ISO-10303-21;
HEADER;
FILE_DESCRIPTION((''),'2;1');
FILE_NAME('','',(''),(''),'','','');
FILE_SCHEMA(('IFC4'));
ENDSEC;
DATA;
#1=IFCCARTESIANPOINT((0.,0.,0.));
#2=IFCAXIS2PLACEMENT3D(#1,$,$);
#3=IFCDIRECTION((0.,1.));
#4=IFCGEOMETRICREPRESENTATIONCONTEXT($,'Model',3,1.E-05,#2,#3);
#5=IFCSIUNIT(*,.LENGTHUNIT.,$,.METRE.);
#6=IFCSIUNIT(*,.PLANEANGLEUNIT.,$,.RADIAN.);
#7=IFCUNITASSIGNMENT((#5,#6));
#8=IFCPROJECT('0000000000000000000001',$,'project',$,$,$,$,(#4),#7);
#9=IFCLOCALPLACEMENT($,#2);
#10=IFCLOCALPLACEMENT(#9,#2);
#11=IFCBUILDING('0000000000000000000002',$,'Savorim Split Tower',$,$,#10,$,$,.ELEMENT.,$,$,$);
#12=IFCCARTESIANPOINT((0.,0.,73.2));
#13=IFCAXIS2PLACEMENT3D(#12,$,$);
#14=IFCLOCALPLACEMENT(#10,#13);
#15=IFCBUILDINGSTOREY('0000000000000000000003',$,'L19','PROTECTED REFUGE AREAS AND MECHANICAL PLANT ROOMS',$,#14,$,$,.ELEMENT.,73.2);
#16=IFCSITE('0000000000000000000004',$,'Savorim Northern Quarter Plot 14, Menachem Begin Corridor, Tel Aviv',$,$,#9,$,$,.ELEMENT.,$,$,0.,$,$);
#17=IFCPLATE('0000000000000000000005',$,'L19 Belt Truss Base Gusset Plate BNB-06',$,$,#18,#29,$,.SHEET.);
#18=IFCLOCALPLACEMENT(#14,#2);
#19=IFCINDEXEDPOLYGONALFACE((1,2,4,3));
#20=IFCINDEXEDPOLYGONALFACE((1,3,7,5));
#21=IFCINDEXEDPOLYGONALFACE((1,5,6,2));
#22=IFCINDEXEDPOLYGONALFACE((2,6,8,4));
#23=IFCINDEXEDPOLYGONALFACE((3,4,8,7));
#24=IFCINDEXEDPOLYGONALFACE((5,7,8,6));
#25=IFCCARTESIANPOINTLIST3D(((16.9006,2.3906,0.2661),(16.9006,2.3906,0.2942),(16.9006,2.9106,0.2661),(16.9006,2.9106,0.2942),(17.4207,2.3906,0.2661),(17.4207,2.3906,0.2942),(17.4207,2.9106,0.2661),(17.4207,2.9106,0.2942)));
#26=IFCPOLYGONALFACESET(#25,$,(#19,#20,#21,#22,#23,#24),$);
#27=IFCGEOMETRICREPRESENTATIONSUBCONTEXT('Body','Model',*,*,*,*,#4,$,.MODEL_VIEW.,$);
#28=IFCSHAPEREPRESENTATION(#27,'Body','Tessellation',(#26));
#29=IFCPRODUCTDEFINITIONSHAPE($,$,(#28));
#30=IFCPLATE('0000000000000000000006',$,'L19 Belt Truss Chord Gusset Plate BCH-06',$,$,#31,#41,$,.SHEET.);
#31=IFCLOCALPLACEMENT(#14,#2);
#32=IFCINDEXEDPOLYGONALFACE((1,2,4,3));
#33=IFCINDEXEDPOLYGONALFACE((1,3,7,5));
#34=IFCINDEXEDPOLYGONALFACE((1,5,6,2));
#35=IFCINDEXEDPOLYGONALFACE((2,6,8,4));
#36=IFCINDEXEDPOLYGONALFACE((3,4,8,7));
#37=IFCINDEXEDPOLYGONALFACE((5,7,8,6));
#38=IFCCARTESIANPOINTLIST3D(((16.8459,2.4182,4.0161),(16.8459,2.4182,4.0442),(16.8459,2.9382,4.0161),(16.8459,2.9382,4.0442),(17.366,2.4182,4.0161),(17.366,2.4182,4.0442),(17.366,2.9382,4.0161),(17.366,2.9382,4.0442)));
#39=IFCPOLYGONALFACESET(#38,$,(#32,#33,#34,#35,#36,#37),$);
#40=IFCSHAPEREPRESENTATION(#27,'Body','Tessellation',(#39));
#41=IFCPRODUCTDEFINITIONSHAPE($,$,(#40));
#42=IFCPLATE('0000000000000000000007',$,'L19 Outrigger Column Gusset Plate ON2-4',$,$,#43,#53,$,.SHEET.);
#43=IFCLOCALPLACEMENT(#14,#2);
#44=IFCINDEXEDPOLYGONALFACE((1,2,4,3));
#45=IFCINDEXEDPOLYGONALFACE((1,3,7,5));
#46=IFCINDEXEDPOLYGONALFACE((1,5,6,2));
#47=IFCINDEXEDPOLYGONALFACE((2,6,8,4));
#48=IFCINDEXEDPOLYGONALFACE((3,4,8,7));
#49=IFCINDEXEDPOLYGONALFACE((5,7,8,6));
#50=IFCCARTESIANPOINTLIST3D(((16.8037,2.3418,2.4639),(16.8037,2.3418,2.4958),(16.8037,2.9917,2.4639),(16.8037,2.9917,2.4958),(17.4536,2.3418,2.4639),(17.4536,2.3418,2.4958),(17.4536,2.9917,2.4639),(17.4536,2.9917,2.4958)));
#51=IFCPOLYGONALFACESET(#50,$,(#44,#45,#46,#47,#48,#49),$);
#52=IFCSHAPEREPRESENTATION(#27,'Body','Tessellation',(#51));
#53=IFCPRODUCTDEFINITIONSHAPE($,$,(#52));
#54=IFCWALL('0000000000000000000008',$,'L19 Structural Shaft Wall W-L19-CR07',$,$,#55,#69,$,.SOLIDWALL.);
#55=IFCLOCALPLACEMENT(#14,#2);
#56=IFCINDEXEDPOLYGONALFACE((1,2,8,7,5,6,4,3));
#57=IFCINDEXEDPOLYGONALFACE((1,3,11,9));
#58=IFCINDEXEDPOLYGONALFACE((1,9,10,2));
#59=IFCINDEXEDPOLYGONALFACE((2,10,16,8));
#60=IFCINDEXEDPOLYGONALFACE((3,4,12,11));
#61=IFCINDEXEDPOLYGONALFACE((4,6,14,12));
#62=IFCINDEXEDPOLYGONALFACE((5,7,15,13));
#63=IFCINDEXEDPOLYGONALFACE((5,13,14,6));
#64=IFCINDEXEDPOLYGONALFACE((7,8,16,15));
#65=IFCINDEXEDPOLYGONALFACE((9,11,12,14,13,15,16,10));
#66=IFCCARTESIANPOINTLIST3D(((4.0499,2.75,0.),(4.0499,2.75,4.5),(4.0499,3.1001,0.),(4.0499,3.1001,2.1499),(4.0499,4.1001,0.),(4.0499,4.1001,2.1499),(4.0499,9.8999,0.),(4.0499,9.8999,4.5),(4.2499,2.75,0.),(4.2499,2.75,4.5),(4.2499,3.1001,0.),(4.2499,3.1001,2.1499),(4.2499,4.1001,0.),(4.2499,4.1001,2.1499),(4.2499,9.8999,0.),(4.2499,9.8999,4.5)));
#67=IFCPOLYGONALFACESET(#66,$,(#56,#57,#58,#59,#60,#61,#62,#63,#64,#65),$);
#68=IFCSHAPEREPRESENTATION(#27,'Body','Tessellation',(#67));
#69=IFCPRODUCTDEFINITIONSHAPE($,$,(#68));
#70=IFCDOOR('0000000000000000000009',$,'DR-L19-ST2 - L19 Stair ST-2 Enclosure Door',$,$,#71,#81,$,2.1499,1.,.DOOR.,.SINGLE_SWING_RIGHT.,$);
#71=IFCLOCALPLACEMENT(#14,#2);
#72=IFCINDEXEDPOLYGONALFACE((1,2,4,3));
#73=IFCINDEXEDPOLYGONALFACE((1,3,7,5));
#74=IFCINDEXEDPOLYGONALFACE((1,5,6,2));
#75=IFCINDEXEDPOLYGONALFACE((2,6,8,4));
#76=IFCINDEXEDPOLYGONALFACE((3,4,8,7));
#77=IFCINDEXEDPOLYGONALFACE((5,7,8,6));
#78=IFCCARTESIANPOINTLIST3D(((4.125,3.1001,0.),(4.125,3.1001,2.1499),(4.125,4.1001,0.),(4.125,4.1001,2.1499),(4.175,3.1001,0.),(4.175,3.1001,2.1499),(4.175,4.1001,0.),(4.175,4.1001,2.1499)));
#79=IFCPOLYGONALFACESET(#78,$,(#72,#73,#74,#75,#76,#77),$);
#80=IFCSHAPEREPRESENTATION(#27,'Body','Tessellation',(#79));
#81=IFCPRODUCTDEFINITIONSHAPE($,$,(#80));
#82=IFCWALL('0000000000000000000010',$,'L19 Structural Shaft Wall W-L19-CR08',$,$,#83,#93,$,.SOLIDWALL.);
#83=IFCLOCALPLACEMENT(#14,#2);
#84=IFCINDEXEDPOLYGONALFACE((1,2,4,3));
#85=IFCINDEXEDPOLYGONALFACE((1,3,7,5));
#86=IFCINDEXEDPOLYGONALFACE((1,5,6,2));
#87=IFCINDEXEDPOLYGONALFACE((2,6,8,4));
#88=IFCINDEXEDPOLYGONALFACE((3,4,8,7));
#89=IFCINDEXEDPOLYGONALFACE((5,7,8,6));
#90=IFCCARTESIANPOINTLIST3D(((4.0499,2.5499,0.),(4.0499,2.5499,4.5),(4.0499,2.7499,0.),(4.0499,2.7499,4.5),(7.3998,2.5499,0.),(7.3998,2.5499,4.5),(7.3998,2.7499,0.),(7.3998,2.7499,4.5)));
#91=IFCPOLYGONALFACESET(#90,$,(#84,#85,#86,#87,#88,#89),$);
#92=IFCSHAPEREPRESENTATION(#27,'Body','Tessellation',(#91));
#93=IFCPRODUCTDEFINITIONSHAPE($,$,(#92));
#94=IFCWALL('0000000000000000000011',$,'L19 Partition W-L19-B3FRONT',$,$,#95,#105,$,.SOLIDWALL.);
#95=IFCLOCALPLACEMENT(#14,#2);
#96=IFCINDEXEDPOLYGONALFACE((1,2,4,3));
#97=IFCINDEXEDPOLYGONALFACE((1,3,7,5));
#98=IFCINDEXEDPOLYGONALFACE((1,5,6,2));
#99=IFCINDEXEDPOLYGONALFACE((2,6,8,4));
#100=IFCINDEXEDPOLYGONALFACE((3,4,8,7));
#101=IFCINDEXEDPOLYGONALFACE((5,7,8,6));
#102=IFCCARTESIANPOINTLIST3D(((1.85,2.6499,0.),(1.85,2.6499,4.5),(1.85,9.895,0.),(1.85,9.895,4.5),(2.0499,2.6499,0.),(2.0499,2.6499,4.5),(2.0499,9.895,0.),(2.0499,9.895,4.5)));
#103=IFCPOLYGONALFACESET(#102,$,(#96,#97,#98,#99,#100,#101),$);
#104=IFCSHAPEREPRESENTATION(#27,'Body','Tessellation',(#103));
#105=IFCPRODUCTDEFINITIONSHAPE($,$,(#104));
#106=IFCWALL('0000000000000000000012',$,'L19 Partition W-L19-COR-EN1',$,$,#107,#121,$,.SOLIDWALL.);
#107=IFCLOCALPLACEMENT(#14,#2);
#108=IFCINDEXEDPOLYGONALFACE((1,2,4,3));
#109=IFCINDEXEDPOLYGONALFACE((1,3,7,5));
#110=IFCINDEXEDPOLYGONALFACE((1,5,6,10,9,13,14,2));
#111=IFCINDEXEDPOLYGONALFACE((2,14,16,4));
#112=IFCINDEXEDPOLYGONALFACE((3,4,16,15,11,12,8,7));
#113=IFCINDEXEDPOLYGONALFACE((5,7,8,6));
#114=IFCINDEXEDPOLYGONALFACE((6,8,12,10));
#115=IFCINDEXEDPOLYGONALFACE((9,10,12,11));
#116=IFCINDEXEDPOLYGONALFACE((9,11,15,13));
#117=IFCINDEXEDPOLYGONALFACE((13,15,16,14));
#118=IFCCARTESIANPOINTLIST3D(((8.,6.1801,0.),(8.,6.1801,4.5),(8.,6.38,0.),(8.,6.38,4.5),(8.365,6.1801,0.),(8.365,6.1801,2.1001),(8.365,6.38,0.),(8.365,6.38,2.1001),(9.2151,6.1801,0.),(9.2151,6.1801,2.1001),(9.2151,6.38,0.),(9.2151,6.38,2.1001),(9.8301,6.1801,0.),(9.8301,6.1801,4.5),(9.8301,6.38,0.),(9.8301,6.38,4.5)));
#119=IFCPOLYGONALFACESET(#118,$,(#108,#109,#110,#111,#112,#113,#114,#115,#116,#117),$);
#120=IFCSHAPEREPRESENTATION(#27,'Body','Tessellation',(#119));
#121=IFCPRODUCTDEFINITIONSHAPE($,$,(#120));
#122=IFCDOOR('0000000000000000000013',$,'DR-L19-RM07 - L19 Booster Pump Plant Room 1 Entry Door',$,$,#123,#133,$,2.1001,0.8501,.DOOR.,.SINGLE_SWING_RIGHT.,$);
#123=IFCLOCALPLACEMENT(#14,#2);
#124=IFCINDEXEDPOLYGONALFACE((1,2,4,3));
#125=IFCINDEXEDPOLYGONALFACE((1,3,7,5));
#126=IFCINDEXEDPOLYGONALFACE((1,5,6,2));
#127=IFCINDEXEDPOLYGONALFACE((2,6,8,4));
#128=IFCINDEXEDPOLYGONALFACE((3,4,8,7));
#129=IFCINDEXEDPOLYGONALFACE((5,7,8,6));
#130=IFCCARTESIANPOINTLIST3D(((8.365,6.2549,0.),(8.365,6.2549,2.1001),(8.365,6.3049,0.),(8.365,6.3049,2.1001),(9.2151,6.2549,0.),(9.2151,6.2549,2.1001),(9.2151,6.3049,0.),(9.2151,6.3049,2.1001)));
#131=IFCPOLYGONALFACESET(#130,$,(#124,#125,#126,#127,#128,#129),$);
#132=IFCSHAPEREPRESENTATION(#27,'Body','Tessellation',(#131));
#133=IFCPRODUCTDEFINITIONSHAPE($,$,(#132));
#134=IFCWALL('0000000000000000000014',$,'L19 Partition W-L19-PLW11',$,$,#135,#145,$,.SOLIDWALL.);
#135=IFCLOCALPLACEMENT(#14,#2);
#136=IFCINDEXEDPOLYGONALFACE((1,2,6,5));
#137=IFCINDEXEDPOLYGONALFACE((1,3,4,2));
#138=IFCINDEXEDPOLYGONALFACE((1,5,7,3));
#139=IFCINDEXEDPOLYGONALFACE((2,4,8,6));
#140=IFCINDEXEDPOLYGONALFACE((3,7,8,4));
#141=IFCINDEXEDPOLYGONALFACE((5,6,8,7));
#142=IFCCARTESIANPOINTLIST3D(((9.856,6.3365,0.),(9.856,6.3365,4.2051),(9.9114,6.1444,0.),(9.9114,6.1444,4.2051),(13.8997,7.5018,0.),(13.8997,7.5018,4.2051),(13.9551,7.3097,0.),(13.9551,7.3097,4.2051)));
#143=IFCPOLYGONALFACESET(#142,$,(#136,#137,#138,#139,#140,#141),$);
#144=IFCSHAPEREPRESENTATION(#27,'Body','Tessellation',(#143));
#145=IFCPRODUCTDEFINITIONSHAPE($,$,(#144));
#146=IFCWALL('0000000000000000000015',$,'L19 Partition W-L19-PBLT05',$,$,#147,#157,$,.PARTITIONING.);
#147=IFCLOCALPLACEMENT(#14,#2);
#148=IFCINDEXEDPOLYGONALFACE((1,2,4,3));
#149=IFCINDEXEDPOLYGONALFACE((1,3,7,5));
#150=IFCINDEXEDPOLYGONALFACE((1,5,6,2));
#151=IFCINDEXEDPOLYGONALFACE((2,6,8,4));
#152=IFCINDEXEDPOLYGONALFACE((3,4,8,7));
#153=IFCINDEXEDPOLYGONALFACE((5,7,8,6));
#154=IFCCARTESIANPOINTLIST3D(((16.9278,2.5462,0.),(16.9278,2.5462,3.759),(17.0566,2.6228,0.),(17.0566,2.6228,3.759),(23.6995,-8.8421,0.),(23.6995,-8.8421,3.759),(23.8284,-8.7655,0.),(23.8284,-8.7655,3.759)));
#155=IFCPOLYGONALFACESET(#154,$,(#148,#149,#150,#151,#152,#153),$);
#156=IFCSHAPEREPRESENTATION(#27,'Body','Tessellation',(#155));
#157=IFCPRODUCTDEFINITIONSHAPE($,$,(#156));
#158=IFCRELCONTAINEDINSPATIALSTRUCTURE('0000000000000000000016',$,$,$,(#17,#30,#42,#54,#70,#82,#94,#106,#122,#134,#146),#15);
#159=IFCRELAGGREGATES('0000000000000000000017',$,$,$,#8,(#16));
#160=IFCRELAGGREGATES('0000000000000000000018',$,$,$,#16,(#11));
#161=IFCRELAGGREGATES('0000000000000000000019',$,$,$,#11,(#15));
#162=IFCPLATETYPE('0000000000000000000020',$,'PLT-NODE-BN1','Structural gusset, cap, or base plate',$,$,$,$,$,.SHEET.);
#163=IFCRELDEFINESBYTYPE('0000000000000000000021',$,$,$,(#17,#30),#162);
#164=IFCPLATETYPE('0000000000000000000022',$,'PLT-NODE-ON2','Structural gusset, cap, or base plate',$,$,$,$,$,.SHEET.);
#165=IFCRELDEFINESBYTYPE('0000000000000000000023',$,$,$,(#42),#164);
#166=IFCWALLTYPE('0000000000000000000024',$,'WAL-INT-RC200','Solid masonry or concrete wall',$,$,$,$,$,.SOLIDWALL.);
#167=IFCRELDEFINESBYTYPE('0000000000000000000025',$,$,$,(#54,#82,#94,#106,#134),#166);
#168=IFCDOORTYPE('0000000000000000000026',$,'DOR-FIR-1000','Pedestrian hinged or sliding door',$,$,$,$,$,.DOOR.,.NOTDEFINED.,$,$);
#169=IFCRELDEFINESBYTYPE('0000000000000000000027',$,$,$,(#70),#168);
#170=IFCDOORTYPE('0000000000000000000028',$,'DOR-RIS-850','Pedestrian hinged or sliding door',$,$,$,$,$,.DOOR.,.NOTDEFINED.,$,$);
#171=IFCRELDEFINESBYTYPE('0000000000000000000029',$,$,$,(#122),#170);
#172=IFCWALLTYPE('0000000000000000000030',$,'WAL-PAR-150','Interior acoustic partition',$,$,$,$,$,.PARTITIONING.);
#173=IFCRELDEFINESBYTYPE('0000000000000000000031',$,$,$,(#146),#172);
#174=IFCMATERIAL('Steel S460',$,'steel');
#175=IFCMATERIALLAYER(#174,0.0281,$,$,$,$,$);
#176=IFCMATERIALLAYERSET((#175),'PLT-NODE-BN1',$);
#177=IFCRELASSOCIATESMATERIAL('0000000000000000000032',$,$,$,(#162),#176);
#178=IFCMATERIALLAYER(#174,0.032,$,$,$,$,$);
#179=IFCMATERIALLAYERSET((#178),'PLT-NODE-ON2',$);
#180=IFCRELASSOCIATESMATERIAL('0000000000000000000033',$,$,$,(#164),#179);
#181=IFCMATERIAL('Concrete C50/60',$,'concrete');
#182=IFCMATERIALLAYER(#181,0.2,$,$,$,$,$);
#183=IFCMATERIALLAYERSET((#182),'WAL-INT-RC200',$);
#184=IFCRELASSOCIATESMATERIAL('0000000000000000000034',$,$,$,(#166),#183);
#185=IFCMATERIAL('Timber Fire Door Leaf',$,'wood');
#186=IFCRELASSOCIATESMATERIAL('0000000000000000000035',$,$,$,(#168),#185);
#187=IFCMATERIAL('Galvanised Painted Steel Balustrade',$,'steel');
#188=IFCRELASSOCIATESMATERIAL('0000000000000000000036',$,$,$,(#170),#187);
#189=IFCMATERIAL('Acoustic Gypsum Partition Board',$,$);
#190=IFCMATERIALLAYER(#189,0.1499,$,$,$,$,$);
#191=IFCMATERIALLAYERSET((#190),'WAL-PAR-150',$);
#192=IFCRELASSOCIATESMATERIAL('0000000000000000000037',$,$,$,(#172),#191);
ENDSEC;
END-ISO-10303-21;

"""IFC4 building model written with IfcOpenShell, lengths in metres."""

from ifc_helpers import new_model, si_unit, direction, frame, frame_2d, origin, origin_2d, place, context, subcontext, project, spatial, rectangle, extrude, material, layer, layer_set, type_object, element, fill, save


model = new_model("IFC4")

# Units and contexts
model_context = context("Model", 3, precision=1e-05, world=origin(), true_north=direction((0.0, 1.0)))
body_context = subcontext(model_context, "Body", "Model", "MODEL_VIEW")
ifc_project = project(units=[si_unit("LENGTHUNIT", "METRE"), si_unit("PLANEANGLEUNIT", "RADIAN")], contexts=[model_context])

# Site, building, storey
site_placement = place(None, origin())
site = spatial("IfcSite", under=ifc_project, at=site_placement, Name="Savorim Northern Quarter Plot 14, Menachem Begin Corridor, Tel Aviv", CompositionType="ELEMENT", RefElevation=0.0)
building_placement = place(site_placement, origin())
building = spatial("IfcBuilding", under=site, at=building_placement, Name="Savorim Split Tower", CompositionType="ELEMENT")
storey_placement = place(building_placement, frame((0.0, 0.0, 73.2)))
storey = spatial("IfcBuildingStorey", under=building, at=storey_placement, Name="L19", Description="PROTECTED REFUGE AREAS AND MECHANICAL PLANT ROOMS", CompositionType="ELEMENT", Elevation=73.2)

# Shared definitions
ifc_material_1 = material(Name="Steel S460", Category="steel")

# Plates
ifc_layer_1 = layer(ifc_material_1, 0.0281)
ifc_layer_set_1 = layer_set([ifc_layer_1], Name="PLT-NODE-BN1")
plate_type_1 = type_object("IfcPlateType", Name="PLT-NODE-BN1", Description="Structural gusset, cap, or base plate", PredefinedType="SHEET", material=ifc_layer_set_1)
for number, where, z_axis, x_axis, name in (
    (1, (17.1606, 2.6506, 0.2661), (0.0, 0.0, 1.0), (1.0, 0.0, 0.0), "L19 Belt Truss Base Gusset Plate BNB-06"),
    (2, (17.106, 2.6782, 4.0161), (0.0, 0.0, 1.0), (1.0, 0.0, 0.0), "L19 Belt Truss Chord Gusset Plate BCH-06"),
):
    element("IfcPlate", number, at=place(storey_placement, frame(where, z_axis=z_axis, x_axis=x_axis)), inside=storey, type_object=plate_type_1, Name=name, PredefinedType="SHEET", context=body_context, shape_type="SweptSolid", body=[
        extrude(rectangle(XDim=0.52, YDim=0.52, at=origin_2d()), origin(), (0.0, 0.0, 1.0), 0.0281),
    ])
ifc_layer_2 = layer(ifc_material_1, 0.032)
ifc_layer_set_2 = layer_set([ifc_layer_2], Name="PLT-NODE-ON2")
plate_type_2 = type_object("IfcPlateType", Name="PLT-NODE-ON2", Description="Structural gusset, cap, or base plate", PredefinedType="SHEET", material=ifc_layer_set_2)
plate_1_placement = place(storey_placement, frame((17.1287, 2.6667, 2.4639), z_axis=(0.0, 0.0, 1.0), x_axis=(1.0, 0.0, 0.0)))
element("IfcPlate", 3, at=plate_1_placement, inside=storey, type_object=plate_type_2, Name="L19 Outrigger Column Gusset Plate ON2-4", PredefinedType="SHEET", context=body_context, shape_type="SweptSolid", body=[
    extrude(rectangle(XDim=0.6499, YDim=0.6499, at=origin_2d()), origin(), (0.0, 0.0, 1.0), 0.032),
])

# Wall, opening, door
ifc_material_2 = material(Name="Concrete C50/60", Category="concrete")
ifc_layer_3 = layer(ifc_material_2, 0.2)
ifc_layer_set_3 = layer_set([ifc_layer_3], Name="WAL-INT-RC200")
wall_type_1 = type_object("IfcWallType", Name="WAL-INT-RC200", Description="Solid masonry or concrete wall", PredefinedType="SOLIDWALL", material=ifc_layer_set_3)
wall_1_placement = place(storey_placement, frame((4.1499, 2.75, 0.0), z_axis=(0.0, 0.0, 1.0), x_axis=(0.0, 1.0, 0.0)))
wall_1 = element("IfcWall", 4, at=wall_1_placement, inside=storey, type_object=wall_type_1, Name="L19 Structural Shaft Wall W-L19-CR07", PredefinedType="SOLIDWALL", context=body_context, shape_type="SweptSolid", body=[
    extrude(rectangle(XDim=7.1499, YDim=0.2, at=frame_2d((3.575, 0.0))), origin(), (0.0, 0.0, 1.0), 4.5),
])
opening_1_placement = place(wall_1_placement, frame((0.3501, 0.0, 0.0)))
opening_1 = element("IfcOpeningElement", 5, at=opening_1_placement, cuts=wall_1, PredefinedType="OPENING", context=body_context, shape_type="SweptSolid", body=[
    extrude(rectangle(XDim=1.0, YDim=2.1499, at=frame_2d((0.5, 1.075))), frame((0.0, 0.1099, 0.0), z_axis=(0.0, -1.0, 0.0), x_axis=(1.0, 0.0, 0.0)), (0.0, 0.0, 1.0), 0.22),
])
ifc_material_3 = material(Name="Timber Fire Door Leaf", Category="wood")
door_type_1 = type_object("IfcDoorType", Name="DOR-FIR-1000", Description="Pedestrian hinged or sliding door", OperationType="NOTDEFINED", PredefinedType="DOOR", material=ifc_material_3)
door_1_placement = place(opening_1_placement, origin())
door_1 = element("IfcDoor", 6, at=door_1_placement, inside=storey, type_object=door_type_1, Name="DR-L19-ST2 - L19 Stair ST-2 Enclosure Door", OperationType="SINGLE_SWING_RIGHT", OverallHeight=2.1499, OverallWidth=1.0, PredefinedType="DOOR", context=body_context, shape_type="SweptSolid", body=[
    extrude(rectangle(XDim=1.0, YDim=2.1499, at=frame_2d((0.5, 1.075))), frame((0.0, 0.0249, 0.0), z_axis=(0.0, -1.0, 0.0), x_axis=(1.0, 0.0, 0.0)), (0.0, 0.0, 1.0), 0.05),
])
fill(opening_1, door_1)

# Walls
wall_2_placement = place(storey_placement, frame((4.05, 2.6499, 0.0), z_axis=(0.0, 0.0, 1.0), x_axis=(1.0, 0.0, 0.0)))
element("IfcWall", 7, at=wall_2_placement, inside=storey, type_object=wall_type_1, Name="L19 Structural Shaft Wall W-L19-CR08", PredefinedType="SOLIDWALL", context=body_context, shape_type="SweptSolid", body=[
    extrude(rectangle(XDim=3.3499, YDim=0.2, at=frame_2d((1.6748, 0.0))), origin(), (0.0, 0.0, 1.0), 4.5),
])
wall_3_placement = place(storey_placement, frame((1.95, 2.6499, 0.0), z_axis=(0.0, 0.0, 1.0), x_axis=(0.0, 1.0, 0.0)))
element("IfcWall", 8, at=wall_3_placement, inside=storey, type_object=wall_type_1, Name="L19 Partition W-L19-B3FRONT", PredefinedType="SOLIDWALL", context=body_context, shape_type="SweptSolid", body=[
    extrude(rectangle(XDim=7.2451, YDim=0.2, at=frame_2d((3.6226, 0.0))), origin(), (0.0, 0.0, 1.0), 4.5),
])

# Wall, opening, door
wall_4_placement = place(storey_placement, frame((8.0, 6.28, 0.0), z_axis=(0.0, 0.0, 1.0), x_axis=(1.0, 0.0, 0.0)))
wall_4 = element("IfcWall", 9, at=wall_4_placement, inside=storey, type_object=wall_type_1, Name="L19 Partition W-L19-COR-EN1", PredefinedType="SOLIDWALL", context=body_context, shape_type="SweptSolid", body=[
    extrude(rectangle(XDim=1.8301, YDim=0.2, at=frame_2d((0.915, 0.0))), origin(), (0.0, 0.0, 1.0), 4.5),
])
opening_2_placement = place(wall_4_placement, frame((0.365, 0.0, 0.0)))
opening_2 = element("IfcOpeningElement", 10, at=opening_2_placement, cuts=wall_4, PredefinedType="OPENING", context=body_context, shape_type="SweptSolid", body=[
    extrude(rectangle(XDim=0.8501, YDim=2.1001, at=frame_2d((0.425, 1.05))), frame((0.0, 0.1099, 0.0), z_axis=(0.0, -1.0, 0.0), x_axis=(1.0, 0.0, 0.0)), (0.0, 0.0, 1.0), 0.22),
])
ifc_material_4 = material(Name="Galvanised Painted Steel Balustrade", Category="steel")
door_type_2 = type_object("IfcDoorType", Name="DOR-RIS-850", Description="Pedestrian hinged or sliding door", OperationType="NOTDEFINED", PredefinedType="DOOR", material=ifc_material_4)
door_2_placement = place(opening_2_placement, origin())
door_2 = element("IfcDoor", 11, at=door_2_placement, inside=storey, type_object=door_type_2, Name="DR-L19-RM07 - L19 Booster Pump Plant Room 1 Entry Door", OperationType="SINGLE_SWING_RIGHT", OverallHeight=2.1001, OverallWidth=0.8501, PredefinedType="DOOR", context=body_context, shape_type="SweptSolid", body=[
    extrude(rectangle(XDim=0.8501, YDim=2.1001, at=frame_2d((0.425, 1.05))), frame((0.0, 0.0249, 0.0), z_axis=(0.0, -1.0, 0.0), x_axis=(1.0, 0.0, 0.0)), (0.0, 0.0, 1.0), 0.05),
])
fill(opening_2, door_2)

# Walls
wall_5_placement = place(storey_placement, frame((9.8838, 6.2405, 0.0), z_axis=(0.0, 0.0, 1.0), x_axis=(0.960898, 0.276904, 0.0)))
element("IfcWall", 12, at=wall_5_placement, inside=storey, type_object=wall_type_1, Name="L19 Partition W-L19-PLW11", PredefinedType="SOLIDWALL", context=body_context, shape_type="SweptSolid", body=[
    extrude(rectangle(XDim=4.2083, YDim=0.2, at=frame_2d((2.104, 0.0))), origin(), (0.0, 0.0, 1.0), 4.2051),
])
ifc_material_5 = material(Name="Acoustic Gypsum Partition Board")
ifc_layer_4 = layer(ifc_material_5, 0.1499)
ifc_layer_set_4 = layer_set([ifc_layer_4], Name="WAL-PAR-150")
wall_type_2 = type_object("IfcWallType", Name="WAL-PAR-150", Description="Interior acoustic partition", PredefinedType="PARTITIONING", material=ifc_layer_set_4)
wall_6_placement = place(storey_placement, frame((16.9922, 2.5845, 0.0), z_axis=(0.0, 0.0, 1.0), x_axis=(0.511096, -0.859523, 0.0)))
element("IfcWall", 13, at=wall_6_placement, inside=storey, type_object=wall_type_2, Name="L19 Partition W-L19-PBLT05", PredefinedType="PARTITIONING", context=body_context, shape_type="SweptSolid", body=[
    extrude(rectangle(XDim=13.2495, YDim=0.1499, at=frame_2d((6.6248, 0.0))), origin(), (0.0, 0.0, 1.0), 3.759),
])

save(model, "model.ifc")
